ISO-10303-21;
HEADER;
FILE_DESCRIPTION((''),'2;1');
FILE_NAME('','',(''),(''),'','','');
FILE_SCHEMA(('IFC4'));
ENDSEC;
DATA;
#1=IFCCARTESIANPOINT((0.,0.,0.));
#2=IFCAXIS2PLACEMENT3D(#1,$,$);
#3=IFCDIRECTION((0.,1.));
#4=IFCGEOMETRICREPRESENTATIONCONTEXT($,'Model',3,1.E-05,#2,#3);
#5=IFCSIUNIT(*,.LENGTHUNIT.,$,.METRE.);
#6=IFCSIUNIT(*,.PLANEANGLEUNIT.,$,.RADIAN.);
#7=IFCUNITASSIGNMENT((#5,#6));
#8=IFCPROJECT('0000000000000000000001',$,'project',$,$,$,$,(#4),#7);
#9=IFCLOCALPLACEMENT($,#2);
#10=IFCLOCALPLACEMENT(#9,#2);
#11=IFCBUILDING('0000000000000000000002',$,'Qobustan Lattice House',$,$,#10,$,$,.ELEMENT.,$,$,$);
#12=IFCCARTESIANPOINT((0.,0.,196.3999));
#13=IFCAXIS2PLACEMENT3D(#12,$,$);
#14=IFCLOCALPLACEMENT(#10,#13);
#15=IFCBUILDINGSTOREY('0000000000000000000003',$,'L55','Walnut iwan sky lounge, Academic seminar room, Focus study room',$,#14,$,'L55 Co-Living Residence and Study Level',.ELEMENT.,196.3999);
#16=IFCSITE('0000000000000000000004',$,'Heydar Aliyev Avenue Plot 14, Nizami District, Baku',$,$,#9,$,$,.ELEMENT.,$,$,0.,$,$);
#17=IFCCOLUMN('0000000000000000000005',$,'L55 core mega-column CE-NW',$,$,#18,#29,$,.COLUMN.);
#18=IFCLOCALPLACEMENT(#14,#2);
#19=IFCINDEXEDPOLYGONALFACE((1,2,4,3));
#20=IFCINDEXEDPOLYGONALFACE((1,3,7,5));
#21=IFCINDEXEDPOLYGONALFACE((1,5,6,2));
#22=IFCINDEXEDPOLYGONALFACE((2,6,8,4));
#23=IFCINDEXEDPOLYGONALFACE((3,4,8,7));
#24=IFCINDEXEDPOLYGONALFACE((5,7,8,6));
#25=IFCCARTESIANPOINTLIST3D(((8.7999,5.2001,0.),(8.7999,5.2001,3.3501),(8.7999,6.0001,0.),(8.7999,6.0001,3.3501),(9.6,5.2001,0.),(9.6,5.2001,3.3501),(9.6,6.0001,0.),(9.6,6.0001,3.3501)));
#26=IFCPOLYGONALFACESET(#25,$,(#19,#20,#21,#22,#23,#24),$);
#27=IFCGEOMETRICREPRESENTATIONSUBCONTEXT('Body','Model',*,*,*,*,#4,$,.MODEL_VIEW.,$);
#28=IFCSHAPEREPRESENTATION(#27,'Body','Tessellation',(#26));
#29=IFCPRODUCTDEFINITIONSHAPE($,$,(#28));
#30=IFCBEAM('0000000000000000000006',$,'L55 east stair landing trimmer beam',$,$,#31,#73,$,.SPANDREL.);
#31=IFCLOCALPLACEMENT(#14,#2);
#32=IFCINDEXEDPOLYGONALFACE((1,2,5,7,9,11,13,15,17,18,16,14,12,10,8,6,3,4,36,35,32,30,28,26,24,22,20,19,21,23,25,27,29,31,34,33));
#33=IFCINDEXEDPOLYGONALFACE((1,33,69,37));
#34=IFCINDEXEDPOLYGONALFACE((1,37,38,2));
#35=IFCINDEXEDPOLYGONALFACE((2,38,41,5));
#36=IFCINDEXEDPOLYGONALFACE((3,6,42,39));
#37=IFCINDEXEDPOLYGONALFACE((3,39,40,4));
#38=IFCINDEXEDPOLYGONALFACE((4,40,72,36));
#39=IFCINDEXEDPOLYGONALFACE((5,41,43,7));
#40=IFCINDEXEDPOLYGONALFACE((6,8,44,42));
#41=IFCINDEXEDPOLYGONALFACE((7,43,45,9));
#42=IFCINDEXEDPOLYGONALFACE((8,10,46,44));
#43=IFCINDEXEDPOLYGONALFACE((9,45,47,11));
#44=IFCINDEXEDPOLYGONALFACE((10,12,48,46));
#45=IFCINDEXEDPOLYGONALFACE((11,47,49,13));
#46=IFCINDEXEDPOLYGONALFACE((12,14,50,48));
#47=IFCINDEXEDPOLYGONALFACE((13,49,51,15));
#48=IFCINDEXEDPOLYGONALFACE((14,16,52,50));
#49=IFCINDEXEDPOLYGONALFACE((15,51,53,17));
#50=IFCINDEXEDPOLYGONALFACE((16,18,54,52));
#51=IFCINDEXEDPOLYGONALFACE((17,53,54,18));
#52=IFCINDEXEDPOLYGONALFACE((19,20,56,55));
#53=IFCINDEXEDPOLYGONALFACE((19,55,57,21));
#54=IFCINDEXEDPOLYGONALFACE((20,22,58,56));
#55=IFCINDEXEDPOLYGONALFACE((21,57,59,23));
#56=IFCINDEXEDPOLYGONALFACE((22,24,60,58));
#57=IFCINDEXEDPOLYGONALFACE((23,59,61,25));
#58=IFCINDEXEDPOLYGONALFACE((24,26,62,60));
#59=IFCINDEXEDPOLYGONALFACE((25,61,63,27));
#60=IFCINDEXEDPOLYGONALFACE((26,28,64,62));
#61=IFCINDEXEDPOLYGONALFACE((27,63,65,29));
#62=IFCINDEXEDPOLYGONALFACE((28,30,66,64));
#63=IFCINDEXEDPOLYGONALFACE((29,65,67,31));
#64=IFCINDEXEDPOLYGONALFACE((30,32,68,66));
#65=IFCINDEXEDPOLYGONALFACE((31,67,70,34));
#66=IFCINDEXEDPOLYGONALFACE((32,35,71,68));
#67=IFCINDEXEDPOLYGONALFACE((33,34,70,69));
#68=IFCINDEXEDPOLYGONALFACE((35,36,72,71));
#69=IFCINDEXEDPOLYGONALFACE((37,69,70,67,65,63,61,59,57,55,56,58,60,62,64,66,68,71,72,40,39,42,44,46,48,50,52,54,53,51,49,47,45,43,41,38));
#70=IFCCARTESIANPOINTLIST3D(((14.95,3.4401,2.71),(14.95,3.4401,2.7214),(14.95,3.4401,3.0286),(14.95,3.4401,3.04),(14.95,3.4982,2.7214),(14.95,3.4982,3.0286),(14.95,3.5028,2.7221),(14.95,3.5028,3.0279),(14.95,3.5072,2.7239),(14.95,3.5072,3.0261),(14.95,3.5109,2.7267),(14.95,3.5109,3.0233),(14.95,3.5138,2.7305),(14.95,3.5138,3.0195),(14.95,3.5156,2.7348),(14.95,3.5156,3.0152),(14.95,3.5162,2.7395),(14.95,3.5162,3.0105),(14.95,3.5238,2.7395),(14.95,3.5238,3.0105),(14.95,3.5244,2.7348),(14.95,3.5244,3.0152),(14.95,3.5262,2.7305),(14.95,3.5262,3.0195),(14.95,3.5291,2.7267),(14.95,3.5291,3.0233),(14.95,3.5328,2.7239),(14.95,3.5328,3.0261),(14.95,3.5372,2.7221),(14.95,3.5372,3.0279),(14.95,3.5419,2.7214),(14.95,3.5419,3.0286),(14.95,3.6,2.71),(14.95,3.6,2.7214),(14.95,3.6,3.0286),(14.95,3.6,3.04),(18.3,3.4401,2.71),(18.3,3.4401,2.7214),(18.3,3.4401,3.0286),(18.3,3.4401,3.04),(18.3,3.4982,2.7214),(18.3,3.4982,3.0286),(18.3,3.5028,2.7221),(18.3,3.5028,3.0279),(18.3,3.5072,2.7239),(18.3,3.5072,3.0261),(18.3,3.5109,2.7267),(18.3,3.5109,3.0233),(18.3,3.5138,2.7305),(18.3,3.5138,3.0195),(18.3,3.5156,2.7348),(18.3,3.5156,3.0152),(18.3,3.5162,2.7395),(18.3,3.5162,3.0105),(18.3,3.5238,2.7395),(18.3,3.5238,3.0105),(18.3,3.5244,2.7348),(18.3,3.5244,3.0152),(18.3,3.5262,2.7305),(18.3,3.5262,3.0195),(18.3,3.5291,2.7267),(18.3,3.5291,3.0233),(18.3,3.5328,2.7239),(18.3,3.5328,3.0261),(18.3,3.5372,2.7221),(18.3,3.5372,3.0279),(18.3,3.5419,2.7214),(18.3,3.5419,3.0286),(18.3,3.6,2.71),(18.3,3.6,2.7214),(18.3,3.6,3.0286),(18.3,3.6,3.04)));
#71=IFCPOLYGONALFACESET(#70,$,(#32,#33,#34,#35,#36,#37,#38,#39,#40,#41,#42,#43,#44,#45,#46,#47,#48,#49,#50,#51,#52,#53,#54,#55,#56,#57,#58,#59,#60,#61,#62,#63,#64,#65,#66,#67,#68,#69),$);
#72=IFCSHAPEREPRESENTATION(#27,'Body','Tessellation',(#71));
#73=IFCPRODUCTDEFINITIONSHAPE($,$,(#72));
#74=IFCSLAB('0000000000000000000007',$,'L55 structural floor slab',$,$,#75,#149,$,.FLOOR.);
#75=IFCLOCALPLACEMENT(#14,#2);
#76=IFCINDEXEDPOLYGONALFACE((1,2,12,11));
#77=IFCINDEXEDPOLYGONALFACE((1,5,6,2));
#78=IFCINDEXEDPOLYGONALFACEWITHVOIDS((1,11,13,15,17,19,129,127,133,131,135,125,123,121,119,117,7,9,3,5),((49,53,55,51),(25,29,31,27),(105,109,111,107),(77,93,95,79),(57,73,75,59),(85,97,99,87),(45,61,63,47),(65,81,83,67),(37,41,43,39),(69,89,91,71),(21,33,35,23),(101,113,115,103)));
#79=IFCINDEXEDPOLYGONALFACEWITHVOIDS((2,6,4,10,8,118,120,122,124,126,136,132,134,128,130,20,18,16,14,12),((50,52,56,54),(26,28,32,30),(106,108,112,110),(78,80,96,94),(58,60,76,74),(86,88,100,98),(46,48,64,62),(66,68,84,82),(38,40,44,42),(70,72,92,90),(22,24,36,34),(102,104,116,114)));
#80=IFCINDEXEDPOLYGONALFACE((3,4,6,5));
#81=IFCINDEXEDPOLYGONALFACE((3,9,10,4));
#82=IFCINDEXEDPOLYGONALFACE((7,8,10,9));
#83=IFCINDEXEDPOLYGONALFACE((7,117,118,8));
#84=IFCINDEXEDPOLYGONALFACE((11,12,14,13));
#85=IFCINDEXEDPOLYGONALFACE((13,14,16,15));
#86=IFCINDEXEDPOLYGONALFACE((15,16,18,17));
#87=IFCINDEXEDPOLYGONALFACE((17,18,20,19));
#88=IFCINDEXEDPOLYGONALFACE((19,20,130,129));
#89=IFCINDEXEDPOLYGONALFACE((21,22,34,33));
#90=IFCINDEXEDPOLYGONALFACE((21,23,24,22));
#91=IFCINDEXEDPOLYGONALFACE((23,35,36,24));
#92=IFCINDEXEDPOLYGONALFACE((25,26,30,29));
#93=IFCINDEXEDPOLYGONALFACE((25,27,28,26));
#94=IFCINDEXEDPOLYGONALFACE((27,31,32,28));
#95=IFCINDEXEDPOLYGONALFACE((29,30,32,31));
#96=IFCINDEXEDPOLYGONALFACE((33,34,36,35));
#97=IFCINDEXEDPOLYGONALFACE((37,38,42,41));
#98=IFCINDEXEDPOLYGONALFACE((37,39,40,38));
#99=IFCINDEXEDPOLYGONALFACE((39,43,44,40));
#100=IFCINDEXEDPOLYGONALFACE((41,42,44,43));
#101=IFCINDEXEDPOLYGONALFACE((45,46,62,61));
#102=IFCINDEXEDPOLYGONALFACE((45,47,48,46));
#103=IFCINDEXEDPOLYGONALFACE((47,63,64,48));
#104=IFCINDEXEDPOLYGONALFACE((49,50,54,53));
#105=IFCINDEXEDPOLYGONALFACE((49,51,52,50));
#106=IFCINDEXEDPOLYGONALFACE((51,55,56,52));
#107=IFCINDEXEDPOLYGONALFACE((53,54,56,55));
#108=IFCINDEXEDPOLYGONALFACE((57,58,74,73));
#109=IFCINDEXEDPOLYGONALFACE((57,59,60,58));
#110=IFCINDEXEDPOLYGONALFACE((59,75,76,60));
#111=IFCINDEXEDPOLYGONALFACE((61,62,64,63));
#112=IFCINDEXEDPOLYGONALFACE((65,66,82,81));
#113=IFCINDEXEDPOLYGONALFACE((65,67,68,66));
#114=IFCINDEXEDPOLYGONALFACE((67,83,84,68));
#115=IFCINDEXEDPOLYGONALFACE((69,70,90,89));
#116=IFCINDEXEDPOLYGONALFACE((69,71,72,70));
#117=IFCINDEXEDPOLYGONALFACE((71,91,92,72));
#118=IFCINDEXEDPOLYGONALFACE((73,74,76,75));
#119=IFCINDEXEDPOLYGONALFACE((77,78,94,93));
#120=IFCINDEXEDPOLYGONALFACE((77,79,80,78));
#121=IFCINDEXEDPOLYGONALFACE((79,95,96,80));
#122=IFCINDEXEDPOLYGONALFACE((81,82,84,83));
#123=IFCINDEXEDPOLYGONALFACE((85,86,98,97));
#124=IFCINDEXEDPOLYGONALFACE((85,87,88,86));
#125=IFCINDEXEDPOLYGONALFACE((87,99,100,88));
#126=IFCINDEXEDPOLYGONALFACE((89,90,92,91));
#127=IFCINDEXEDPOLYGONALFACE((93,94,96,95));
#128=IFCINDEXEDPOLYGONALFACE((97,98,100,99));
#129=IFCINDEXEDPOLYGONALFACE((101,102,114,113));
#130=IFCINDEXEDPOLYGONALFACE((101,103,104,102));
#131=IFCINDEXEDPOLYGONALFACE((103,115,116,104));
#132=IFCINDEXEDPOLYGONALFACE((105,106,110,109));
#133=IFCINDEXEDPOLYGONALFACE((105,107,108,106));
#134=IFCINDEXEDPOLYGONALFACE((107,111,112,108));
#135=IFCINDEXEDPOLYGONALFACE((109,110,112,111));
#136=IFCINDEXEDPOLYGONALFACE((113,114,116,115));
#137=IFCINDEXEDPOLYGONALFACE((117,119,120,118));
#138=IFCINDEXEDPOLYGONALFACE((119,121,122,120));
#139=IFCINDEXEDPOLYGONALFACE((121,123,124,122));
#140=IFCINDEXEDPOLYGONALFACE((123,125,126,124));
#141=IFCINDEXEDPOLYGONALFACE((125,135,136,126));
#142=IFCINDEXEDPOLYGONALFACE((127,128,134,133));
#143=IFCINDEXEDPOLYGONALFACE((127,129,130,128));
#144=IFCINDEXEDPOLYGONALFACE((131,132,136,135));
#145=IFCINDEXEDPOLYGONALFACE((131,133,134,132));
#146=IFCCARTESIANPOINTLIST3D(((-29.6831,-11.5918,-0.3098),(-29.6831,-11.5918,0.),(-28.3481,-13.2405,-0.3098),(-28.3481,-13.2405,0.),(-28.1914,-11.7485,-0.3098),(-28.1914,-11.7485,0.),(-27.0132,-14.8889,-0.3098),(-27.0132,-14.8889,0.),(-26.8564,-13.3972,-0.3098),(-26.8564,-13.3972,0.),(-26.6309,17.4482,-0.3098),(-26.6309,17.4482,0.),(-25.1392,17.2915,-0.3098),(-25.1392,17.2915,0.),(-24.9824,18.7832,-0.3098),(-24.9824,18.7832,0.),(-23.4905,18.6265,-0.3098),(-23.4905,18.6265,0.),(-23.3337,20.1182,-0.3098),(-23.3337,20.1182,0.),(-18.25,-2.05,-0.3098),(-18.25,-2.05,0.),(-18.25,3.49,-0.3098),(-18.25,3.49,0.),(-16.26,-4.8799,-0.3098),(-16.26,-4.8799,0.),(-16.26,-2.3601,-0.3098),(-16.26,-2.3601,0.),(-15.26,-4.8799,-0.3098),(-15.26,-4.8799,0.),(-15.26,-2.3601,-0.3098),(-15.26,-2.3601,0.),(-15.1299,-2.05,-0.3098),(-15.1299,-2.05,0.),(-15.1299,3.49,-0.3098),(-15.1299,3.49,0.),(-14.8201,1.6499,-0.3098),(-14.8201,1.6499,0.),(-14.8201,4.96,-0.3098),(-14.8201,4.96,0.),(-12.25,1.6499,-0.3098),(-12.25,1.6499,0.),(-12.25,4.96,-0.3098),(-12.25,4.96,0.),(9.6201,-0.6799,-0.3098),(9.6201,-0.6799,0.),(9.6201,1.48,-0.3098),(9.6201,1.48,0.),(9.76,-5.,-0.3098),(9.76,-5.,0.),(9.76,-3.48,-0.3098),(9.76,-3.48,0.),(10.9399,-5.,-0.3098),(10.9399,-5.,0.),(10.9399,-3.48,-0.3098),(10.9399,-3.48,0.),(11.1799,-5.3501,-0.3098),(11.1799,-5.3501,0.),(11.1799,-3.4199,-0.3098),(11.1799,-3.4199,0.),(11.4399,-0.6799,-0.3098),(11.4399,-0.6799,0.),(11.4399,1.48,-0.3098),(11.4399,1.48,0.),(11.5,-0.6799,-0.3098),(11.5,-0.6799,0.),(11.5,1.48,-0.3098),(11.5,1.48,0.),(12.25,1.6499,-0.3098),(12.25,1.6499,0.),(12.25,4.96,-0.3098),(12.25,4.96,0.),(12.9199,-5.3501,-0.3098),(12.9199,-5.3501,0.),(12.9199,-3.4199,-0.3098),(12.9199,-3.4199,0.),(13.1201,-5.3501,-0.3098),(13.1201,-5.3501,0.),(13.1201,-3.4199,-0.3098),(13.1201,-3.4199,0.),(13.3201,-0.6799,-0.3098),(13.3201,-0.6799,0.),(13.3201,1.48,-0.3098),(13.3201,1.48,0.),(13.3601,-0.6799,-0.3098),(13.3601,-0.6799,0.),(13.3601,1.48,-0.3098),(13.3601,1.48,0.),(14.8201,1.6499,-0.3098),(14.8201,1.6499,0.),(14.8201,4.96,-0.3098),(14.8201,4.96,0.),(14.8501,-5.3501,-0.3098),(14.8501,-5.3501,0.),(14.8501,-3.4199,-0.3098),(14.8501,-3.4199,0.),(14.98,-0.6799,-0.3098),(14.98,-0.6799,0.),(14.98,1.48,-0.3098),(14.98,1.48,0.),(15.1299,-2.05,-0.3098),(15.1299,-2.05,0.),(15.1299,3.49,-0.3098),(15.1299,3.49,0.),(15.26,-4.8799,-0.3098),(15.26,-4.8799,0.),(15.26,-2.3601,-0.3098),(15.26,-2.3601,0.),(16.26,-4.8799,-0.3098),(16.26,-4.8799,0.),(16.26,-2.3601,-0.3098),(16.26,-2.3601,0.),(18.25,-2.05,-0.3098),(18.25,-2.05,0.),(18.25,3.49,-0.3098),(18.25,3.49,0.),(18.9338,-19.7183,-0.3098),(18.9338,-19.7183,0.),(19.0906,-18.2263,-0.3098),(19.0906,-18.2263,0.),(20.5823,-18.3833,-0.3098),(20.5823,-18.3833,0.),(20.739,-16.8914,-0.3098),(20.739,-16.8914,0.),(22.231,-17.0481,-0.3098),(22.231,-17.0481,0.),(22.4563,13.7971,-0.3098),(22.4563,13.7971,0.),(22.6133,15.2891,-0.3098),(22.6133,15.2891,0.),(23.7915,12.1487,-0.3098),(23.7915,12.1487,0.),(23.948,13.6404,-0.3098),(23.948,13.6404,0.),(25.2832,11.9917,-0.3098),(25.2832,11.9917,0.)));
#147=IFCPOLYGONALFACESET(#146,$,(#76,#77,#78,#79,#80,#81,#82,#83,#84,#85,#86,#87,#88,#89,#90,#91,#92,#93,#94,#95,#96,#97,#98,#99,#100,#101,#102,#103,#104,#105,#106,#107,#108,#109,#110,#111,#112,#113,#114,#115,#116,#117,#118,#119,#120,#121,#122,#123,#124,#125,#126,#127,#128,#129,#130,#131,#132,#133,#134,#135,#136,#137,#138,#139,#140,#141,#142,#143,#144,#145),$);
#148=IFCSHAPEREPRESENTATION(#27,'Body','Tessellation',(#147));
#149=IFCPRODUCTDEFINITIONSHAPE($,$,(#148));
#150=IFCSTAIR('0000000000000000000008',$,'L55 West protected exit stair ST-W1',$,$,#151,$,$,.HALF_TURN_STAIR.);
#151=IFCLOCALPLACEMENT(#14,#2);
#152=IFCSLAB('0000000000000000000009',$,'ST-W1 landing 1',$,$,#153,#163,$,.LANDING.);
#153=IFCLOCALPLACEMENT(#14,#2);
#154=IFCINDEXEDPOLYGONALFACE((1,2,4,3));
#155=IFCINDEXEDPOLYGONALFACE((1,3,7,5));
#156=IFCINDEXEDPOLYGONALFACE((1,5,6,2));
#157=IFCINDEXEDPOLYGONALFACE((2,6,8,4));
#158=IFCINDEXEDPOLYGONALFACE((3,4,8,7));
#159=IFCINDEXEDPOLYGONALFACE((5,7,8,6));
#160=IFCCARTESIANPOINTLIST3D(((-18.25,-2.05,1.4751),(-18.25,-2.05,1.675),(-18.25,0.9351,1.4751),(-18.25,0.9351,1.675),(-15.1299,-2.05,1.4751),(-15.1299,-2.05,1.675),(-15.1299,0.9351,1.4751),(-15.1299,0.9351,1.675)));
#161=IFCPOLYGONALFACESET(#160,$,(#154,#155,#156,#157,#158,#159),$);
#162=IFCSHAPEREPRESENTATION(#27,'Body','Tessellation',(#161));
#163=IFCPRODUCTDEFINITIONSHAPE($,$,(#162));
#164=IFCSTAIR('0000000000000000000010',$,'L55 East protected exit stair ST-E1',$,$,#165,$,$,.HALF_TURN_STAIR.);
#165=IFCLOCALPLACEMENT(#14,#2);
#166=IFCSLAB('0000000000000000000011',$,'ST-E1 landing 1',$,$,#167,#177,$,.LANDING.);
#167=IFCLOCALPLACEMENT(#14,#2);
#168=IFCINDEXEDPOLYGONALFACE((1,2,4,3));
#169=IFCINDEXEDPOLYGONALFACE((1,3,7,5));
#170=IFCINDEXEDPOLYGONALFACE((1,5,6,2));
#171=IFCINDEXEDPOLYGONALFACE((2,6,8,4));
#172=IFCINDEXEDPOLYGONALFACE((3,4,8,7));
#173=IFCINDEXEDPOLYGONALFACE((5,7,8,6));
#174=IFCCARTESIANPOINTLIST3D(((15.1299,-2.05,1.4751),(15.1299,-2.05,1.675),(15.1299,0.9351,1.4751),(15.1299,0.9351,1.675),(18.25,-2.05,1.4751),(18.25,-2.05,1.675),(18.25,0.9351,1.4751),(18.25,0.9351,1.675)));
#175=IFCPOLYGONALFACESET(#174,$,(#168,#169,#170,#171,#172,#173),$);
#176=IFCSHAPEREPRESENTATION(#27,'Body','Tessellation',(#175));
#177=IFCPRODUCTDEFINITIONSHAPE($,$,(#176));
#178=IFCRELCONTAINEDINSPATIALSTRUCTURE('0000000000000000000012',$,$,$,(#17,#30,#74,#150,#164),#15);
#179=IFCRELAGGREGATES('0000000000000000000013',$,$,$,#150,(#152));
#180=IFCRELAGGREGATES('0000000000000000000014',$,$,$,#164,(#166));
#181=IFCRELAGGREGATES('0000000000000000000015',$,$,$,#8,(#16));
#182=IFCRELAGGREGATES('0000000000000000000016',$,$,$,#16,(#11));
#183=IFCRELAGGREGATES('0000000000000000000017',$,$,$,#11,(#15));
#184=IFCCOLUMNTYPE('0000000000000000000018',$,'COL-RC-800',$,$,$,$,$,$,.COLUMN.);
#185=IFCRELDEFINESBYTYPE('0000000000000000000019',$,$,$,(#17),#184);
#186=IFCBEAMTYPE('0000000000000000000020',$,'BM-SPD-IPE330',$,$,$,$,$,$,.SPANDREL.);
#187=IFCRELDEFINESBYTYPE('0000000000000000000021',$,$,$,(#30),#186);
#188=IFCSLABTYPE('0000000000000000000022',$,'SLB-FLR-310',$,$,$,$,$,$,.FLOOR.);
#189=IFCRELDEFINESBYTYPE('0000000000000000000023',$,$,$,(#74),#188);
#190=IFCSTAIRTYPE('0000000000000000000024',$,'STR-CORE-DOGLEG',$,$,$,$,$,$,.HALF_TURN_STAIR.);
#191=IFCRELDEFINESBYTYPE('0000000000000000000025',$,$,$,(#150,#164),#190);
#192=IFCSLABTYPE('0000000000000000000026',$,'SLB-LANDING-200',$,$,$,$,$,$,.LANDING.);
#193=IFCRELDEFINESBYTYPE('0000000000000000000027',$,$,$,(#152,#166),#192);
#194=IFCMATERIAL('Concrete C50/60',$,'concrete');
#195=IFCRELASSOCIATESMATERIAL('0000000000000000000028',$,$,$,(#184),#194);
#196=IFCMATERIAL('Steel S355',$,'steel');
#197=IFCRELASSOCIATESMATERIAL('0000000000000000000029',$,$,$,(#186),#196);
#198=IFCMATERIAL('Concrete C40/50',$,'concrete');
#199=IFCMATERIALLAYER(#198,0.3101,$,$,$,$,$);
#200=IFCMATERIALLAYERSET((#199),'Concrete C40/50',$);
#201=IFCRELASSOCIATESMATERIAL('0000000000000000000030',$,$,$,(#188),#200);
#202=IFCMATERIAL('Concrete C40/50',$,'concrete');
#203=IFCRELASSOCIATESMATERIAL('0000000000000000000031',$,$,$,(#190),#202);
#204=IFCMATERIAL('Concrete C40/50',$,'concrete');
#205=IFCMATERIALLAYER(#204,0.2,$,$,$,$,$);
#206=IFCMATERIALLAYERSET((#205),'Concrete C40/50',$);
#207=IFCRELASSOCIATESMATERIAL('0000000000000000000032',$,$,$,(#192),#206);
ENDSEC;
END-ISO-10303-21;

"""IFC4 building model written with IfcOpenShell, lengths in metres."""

from ifc_helpers import new_model, si_unit, direction, frame, origin, origin_2d, place, context, subcontext, project, spatial, polyline, rectangle, i_section, outline, extrude, material, layer, layer_set, material_profile, profile_set, type_object, element, aggregate, save


model = new_model("IFC4")

# Units and contexts
model_context = context("Model", 3, precision=1e-05, world=origin(), true_north=direction((0.0, 1.0)))
body_context = subcontext(model_context, "Body", "Model", "MODEL_VIEW")
ifc_project = project(units=[si_unit("LENGTHUNIT", "METRE"), si_unit("PLANEANGLEUNIT", "RADIAN")], contexts=[model_context])

# Site, building, storey
site_placement = place(None, origin())
site = spatial("IfcSite", under=ifc_project, at=site_placement, Name="Heydar Aliyev Avenue Plot 14, Nizami District, Baku", CompositionType="ELEMENT", RefElevation=0.0)
building_placement = place(site_placement, origin())
building = spatial("IfcBuilding", under=site, at=building_placement, Name="Qobustan Lattice House", CompositionType="ELEMENT")
storey_placement = place(building_placement, frame((0.0, 0.0, 196.3999)))
storey = spatial("IfcBuildingStorey", under=building, at=storey_placement, Name="L55", Description="Walnut iwan sky lounge, Academic seminar room, Focus study room", LongName="L55 Co-Living Residence and Study Level", CompositionType="ELEMENT", Elevation=196.3999)

# Column
ifc_material_1 = material(Name="Concrete C50/60", Category="concrete")
ifc_material_profile_1 = material_profile(ifc_material_1, rectangle(XDim=0.8, YDim=0.8, at=origin_2d()), Name="RC800x800")
ifc_profile_set_1 = profile_set([ifc_material_profile_1], Name="Concrete C50/60")
column_type = type_object("IfcColumnType", Name="COL-RC-800", PredefinedType="COLUMN", material=ifc_profile_set_1)
column_placement = place(storey_placement, frame((9.2, 5.6001, 0.0), z_axis=(0.0, 0.0, 1.0), x_axis=(1.0, 0.0, 0.0)))
element("IfcColumn", 1, at=column_placement, inside=storey, type_object=column_type, Name="L55 core mega-column CE-NW", PredefinedType="COLUMN", context=body_context, shape_type="SweptSolid", body=[
    extrude(rectangle(XDim=0.8, YDim=0.8, at=origin_2d()), origin(), (0.0, 0.0, 1.0), 3.3501),
])

# Beam
ifc_material_2 = material(Name="Steel S355", Category="steel")
ifc_material_profile_2 = material_profile(ifc_material_2, i_section(OverallWidth=0.1599, OverallDepth=0.3301, WebThickness=0.0076, FlangeThickness=0.0115, FilletRadius=0.0181, at=origin_2d()), Name="IPE330")
ifc_profile_set_2 = profile_set([ifc_material_profile_2], Name="Steel S355")
beam_type = type_object("IfcBeamType", Name="BM-SPD-IPE330", PredefinedType="SPANDREL", material=ifc_profile_set_2)
beam_placement = place(storey_placement, frame((14.95, 3.52, 2.875), z_axis=(1.0, 0.0, 0.0), x_axis=(0.0, 1.0, 0.0)))
element("IfcBeam", 2, at=beam_placement, inside=storey, type_object=beam_type, Name="L55 east stair landing trimmer beam", PredefinedType="SPANDREL", context=body_context, shape_type="SweptSolid", body=[
    extrude(i_section(OverallWidth=0.1599, OverallDepth=0.3301, WebThickness=0.0076, FlangeThickness=0.0115, FilletRadius=0.0181, at=origin_2d()), origin(), (0.0, 0.0, 1.0), 3.3501),
])

# Slab
ifc_material_3 = material(Name="Concrete C40/50", Category="concrete")
ifc_layer_1 = layer(ifc_material_3, 0.3101)
ifc_layer_set_1 = layer_set([ifc_layer_1], Name="Concrete C40/50")
slab_type_1 = type_object("IfcSlabType", Name="SLB-FLR-310", PredefinedType="FLOOR", material=ifc_layer_set_1)
slab_1_placement = place(storey_placement, frame((0.0, 0.0, -0.3098)))
element("IfcSlab", 3, at=slab_1_placement, inside=storey, type_object=slab_type_1, Name="L55 structural floor slab", PredefinedType="FLOOR", context=body_context, shape_type="SweptSolid", body=[
    extrude(outline(polyline([(-27.0132, -14.8889), (18.9338, -19.7183), (19.0906, -18.2263), (20.5823, -18.3833), (20.739, -16.8914), (22.231, -17.0481), (25.2832, 11.9917), (23.7915, 12.1487), (23.948, 13.6404), (22.4563, 13.7971), (22.6133, 15.2891), (-23.3337, 20.1182), (-23.4905, 18.6265), (-24.9824, 18.7832), (-25.1392, 17.2915), (-26.6309, 17.4482), (-29.6831, -11.5918), (-28.1914, -11.7485), (-28.3481, -13.2405), (-26.8564, -13.3972), (-27.0132, -14.8889)]), holes=[polyline([(-18.25, -2.05), (-18.25, 3.49), (-15.1299, 3.49), (-15.1299, -2.05), (-18.25, -2.05)]), polyline([(15.1299, -2.05), (15.1299, 3.49), (18.25, 3.49), (18.25, -2.05), (15.1299, -2.05)]), polyline([(-14.8201, 1.6499), (-14.8201, 4.96), (-12.25, 4.96), (-12.25, 1.6499), (-14.8201, 1.6499)]), polyline([(12.25, 1.6499), (12.25, 4.96), (14.8201, 4.96), (14.8201, 1.6499), (12.25, 1.6499)]), polyline([(-16.26, -4.8799), (-16.26, -2.3601), (-15.26, -2.3601), (-15.26, -4.8799), (-16.26, -4.8799)]), polyline([(15.26, -4.8799), (15.26, -2.3601), (16.26, -2.3601), (16.26, -4.8799), (15.26, -4.8799)]), polyline([(11.1799, -5.3501), (11.1799, -3.4199), (12.9199, -3.4199), (12.9199, -5.3501), (11.1799, -5.3501)]), polyline([(13.1201, -5.3501), (13.1201, -3.4199), (14.8501, -3.4199), (14.8501, -5.3501), (13.1201, -5.3501)]), polyline([(9.76, -5.0), (9.76, -3.48), (10.9399, -3.48), (10.9399, -5.0), (9.76, -5.0)]), polyline([(13.3601, -0.6799), (13.3601, 1.48), (14.98, 1.48), (14.98, -0.6799), (13.3601, -0.6799)]), polyline([(9.6201, -0.6799), (9.6201, 1.48), (11.4399, 1.48), (11.4399, -0.6799), (9.6201, -0.6799)]), polyline([(11.5, -0.6799), (11.5, 1.48), (13.3201, 1.48), (13.3201, -0.6799), (11.5, -0.6799)])]), origin(), (0.0, 0.0, 1.0), 0.3098),
])

# Stairs, slabs
ifc_material_4 = material(Name="Concrete C40/50", Category="concrete")
stair_type = type_object("IfcStairType", Name="STR-CORE-DOGLEG", PredefinedType="HALF_TURN_STAIR", material=ifc_material_4)
stair_1_placement = place(storey_placement, origin())
stair_1 = element("IfcStair", 4, at=stair_1_placement, inside=storey, type_object=stair_type, Name="L55 West protected exit stair ST-W1", PredefinedType="HALF_TURN_STAIR")
ifc_material_5 = material(Name="Concrete C40/50", Category="concrete")
ifc_layer_2 = layer(ifc_material_5, 0.2)
ifc_layer_set_2 = layer_set([ifc_layer_2], Name="Concrete C40/50")
slab_type_2 = type_object("IfcSlabType", Name="SLB-LANDING-200", PredefinedType="LANDING", material=ifc_layer_set_2)
slab_2_placement = place(storey_placement, frame((0.0, 0.0, 1.4751)))
slab_2 = element("IfcSlab", 5, at=slab_2_placement, type_object=slab_type_2, Name="ST-W1 landing 1", PredefinedType="LANDING", context=body_context, shape_type="SweptSolid", body=[
    extrude(outline(polyline([(-18.25, 0.9351), (-18.25, -2.05), (-15.1299, -2.05), (-15.1299, 0.9351), (-18.25, 0.9351)])), origin(), (0.0, 0.0, 1.0), 0.2),
])
aggregate(stair_1, [slab_2])
stair_2_placement = place(storey_placement, origin())
stair_2 = element("IfcStair", 6, at=stair_2_placement, inside=storey, type_object=stair_type, Name="L55 East protected exit stair ST-E1", PredefinedType="HALF_TURN_STAIR")
slab_3_placement = place(storey_placement, frame((0.0, 0.0, 1.4751)))
slab_3 = element("IfcSlab", 7, at=slab_3_placement, type_object=slab_type_2, Name="ST-E1 landing 1", PredefinedType="LANDING", context=body_context, shape_type="SweptSolid", body=[
    extrude(outline(polyline([(15.1299, 0.9351), (15.1299, -2.05), (18.25, -2.05), (18.25, 0.9351), (15.1299, 0.9351)])), origin(), (0.0, 0.0, 1.0), 0.2),
])
aggregate(stair_2, [slab_3])

save(model, "model.ifc")
